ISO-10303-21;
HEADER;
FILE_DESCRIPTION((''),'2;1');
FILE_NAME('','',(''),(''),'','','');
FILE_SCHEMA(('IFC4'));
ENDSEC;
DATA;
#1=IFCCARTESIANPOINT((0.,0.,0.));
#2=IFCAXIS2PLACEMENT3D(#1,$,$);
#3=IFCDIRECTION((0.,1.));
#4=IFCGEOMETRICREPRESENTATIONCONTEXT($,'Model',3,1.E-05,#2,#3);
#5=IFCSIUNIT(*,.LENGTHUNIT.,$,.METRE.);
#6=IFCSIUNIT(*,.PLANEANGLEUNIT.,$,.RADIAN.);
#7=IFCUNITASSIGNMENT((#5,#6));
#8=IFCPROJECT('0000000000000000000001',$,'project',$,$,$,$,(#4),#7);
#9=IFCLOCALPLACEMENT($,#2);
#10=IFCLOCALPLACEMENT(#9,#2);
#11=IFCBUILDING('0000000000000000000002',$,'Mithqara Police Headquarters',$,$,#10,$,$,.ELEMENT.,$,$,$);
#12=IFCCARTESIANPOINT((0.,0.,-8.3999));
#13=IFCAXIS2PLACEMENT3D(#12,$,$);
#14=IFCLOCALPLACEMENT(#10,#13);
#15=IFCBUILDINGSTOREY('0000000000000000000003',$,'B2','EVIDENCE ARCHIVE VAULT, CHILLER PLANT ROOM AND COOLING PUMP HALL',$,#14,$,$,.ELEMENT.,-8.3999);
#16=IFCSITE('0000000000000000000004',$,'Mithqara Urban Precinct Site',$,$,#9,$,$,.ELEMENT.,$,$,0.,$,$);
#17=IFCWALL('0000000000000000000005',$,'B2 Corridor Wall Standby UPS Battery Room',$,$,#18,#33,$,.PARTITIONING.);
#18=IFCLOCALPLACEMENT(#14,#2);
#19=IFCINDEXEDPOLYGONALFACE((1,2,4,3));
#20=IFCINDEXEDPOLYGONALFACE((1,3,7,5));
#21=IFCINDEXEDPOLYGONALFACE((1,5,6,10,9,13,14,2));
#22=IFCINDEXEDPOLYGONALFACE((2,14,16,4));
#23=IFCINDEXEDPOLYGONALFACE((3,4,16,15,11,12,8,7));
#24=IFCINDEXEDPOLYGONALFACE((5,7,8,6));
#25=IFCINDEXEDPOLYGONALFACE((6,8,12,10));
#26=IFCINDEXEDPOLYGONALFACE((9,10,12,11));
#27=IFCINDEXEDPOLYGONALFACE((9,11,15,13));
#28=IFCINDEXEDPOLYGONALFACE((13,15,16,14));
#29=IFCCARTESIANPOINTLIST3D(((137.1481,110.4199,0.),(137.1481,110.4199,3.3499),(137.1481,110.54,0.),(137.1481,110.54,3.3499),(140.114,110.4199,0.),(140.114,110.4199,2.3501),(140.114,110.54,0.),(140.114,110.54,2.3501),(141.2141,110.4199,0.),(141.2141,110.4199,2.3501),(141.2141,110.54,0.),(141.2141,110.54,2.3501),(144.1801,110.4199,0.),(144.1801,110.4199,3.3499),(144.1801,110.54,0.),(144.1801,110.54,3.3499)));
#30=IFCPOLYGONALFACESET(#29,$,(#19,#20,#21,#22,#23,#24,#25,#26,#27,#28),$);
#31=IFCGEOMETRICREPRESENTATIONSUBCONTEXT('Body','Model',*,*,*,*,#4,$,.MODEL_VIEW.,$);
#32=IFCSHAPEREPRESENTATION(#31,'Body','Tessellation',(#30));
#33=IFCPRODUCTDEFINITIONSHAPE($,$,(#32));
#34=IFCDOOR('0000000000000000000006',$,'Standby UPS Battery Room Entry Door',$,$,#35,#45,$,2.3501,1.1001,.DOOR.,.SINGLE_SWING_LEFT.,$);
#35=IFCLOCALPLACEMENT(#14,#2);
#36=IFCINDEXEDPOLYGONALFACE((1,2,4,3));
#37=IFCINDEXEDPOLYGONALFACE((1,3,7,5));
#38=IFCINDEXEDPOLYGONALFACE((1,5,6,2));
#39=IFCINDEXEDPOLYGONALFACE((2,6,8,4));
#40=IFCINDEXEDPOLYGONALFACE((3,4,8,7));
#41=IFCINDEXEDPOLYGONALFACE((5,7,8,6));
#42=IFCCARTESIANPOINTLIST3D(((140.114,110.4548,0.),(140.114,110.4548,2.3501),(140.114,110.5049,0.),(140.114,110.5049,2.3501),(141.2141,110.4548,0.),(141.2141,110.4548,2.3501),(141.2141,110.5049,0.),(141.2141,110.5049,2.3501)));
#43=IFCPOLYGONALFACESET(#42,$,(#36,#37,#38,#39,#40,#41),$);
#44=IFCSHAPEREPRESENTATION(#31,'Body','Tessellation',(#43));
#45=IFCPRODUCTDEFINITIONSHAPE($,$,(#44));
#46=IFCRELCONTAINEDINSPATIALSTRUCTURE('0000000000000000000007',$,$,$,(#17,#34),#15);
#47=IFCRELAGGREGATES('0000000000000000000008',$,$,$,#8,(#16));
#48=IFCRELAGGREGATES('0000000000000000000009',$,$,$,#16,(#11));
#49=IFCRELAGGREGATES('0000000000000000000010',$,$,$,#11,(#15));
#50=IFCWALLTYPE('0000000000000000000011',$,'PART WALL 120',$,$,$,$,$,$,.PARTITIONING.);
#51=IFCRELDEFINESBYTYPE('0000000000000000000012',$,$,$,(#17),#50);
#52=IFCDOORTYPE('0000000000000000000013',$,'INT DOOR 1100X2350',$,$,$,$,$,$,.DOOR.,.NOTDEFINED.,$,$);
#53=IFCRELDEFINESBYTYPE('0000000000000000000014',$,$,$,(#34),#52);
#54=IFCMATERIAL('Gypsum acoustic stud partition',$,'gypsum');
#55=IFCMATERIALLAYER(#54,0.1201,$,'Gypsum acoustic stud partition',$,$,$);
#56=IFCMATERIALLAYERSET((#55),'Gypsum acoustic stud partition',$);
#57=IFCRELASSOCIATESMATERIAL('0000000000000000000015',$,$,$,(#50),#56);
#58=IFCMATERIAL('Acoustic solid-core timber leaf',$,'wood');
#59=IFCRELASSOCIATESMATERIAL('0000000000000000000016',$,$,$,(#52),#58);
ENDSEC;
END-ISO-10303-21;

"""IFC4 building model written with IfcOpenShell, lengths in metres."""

from ifc_helpers import new_model, si_unit, direction, frame, frame_2d, origin, place, context, subcontext, project, spatial, rectangle, extrude, material, layer, layer_set, type_object, element, fill, save


model = new_model("IFC4")

# Units and contexts
model_context = context("Model", 3, precision=1e-05, world=origin(), true_north=direction((0.0, 1.0)))
body_context = subcontext(model_context, "Body", "Model", "MODEL_VIEW")
ifc_project = project(units=[si_unit("LENGTHUNIT", "METRE"), si_unit("PLANEANGLEUNIT", "RADIAN")], contexts=[model_context])

# Site, building, storey
site_placement = place(None, origin())
site = spatial("IfcSite", under=ifc_project, at=site_placement, Name="Mithqara Urban Precinct Site", CompositionType="ELEMENT", RefElevation=0.0)
building_placement = place(site_placement, origin())
building = spatial("IfcBuilding", under=site, at=building_placement, Name="Mithqara Police Headquarters", CompositionType="ELEMENT")
storey_placement = place(building_placement, frame((0.0, 0.0, -8.3999)))
storey = spatial("IfcBuildingStorey", under=building, at=storey_placement, Name="B2", Description="EVIDENCE ARCHIVE VAULT, CHILLER PLANT ROOM AND COOLING PUMP HALL", CompositionType="ELEMENT", Elevation=-8.3999)

# Shared definitions
ifc_material_1 = material(Name="Gypsum acoustic stud partition", Category="gypsum")
ifc_layer = layer(ifc_material_1, 0.1201, Name="Gypsum acoustic stud partition")
ifc_layer_set = layer_set([ifc_layer], Name="Gypsum acoustic stud partition")
wall_type = type_object("IfcWallType", Name="PART WALL 120", PredefinedType="PARTITIONING", material=ifc_layer_set)

# Wall, opening, door
wall_1_placement = place(storey_placement, frame((137.1479, 110.48, 0.0), z_axis=(0.0, 0.0, 1.0), x_axis=(1.0, 0.0, 0.0)))
wall_1 = element("IfcWall", 1, at=wall_1_placement, inside=storey, type_object=wall_type, Name="B2 Corridor Wall Standby UPS Battery Room", PredefinedType="PARTITIONING", context=body_context, shape_type="SweptSolid", body=[
    extrude(rectangle(XDim=7.032, YDim=0.1201, at=frame_2d((3.5161, 0.0))), origin(), (0.0, 0.0, 1.0), 3.3499),
])
opening_placement = place(wall_1_placement, frame((2.9661, 0.0, 0.0)))
opening = element("IfcOpeningElement", 2, at=opening_placement, cuts=wall_1, PredefinedType="OPENING", context=body_context, shape_type="SweptSolid", body=[
    extrude(rectangle(XDim=1.1001, YDim=2.3501, at=frame_2d((0.55, 1.175))), frame((0.0, 0.0701, 0.0), z_axis=(0.0, -1.0, 0.0), x_axis=(1.0, 0.0, 0.0)), (0.0, 0.0, 1.0), 0.1401),
])
ifc_material_2 = material(Name="Acoustic solid-core timber leaf", Category="wood")
door_type = type_object("IfcDoorType", Name="INT DOOR 1100X2350", OperationType="NOTDEFINED", PredefinedType="DOOR", material=ifc_material_2)
door_placement = place(opening_placement, origin())
door = element("IfcDoor", 3, at=door_placement, inside=storey, type_object=door_type, Name="Standby UPS Battery Room Entry Door", OperationType="SINGLE_SWING_LEFT", OverallHeight=2.3501, OverallWidth=1.1001, PredefinedType="DOOR", context=body_context, shape_type="SweptSolid", body=[
    extrude(rectangle(XDim=1.1001, YDim=2.3501, at=frame_2d((0.55, 1.175))), frame((0.0, 0.0249, 0.0), z_axis=(0.0, -1.0, 0.0), x_axis=(1.0, 0.0, 0.0)), (0.0, 0.0, 1.0), 0.05),
])
fill(opening, door)

save(model, "model.ifc")
